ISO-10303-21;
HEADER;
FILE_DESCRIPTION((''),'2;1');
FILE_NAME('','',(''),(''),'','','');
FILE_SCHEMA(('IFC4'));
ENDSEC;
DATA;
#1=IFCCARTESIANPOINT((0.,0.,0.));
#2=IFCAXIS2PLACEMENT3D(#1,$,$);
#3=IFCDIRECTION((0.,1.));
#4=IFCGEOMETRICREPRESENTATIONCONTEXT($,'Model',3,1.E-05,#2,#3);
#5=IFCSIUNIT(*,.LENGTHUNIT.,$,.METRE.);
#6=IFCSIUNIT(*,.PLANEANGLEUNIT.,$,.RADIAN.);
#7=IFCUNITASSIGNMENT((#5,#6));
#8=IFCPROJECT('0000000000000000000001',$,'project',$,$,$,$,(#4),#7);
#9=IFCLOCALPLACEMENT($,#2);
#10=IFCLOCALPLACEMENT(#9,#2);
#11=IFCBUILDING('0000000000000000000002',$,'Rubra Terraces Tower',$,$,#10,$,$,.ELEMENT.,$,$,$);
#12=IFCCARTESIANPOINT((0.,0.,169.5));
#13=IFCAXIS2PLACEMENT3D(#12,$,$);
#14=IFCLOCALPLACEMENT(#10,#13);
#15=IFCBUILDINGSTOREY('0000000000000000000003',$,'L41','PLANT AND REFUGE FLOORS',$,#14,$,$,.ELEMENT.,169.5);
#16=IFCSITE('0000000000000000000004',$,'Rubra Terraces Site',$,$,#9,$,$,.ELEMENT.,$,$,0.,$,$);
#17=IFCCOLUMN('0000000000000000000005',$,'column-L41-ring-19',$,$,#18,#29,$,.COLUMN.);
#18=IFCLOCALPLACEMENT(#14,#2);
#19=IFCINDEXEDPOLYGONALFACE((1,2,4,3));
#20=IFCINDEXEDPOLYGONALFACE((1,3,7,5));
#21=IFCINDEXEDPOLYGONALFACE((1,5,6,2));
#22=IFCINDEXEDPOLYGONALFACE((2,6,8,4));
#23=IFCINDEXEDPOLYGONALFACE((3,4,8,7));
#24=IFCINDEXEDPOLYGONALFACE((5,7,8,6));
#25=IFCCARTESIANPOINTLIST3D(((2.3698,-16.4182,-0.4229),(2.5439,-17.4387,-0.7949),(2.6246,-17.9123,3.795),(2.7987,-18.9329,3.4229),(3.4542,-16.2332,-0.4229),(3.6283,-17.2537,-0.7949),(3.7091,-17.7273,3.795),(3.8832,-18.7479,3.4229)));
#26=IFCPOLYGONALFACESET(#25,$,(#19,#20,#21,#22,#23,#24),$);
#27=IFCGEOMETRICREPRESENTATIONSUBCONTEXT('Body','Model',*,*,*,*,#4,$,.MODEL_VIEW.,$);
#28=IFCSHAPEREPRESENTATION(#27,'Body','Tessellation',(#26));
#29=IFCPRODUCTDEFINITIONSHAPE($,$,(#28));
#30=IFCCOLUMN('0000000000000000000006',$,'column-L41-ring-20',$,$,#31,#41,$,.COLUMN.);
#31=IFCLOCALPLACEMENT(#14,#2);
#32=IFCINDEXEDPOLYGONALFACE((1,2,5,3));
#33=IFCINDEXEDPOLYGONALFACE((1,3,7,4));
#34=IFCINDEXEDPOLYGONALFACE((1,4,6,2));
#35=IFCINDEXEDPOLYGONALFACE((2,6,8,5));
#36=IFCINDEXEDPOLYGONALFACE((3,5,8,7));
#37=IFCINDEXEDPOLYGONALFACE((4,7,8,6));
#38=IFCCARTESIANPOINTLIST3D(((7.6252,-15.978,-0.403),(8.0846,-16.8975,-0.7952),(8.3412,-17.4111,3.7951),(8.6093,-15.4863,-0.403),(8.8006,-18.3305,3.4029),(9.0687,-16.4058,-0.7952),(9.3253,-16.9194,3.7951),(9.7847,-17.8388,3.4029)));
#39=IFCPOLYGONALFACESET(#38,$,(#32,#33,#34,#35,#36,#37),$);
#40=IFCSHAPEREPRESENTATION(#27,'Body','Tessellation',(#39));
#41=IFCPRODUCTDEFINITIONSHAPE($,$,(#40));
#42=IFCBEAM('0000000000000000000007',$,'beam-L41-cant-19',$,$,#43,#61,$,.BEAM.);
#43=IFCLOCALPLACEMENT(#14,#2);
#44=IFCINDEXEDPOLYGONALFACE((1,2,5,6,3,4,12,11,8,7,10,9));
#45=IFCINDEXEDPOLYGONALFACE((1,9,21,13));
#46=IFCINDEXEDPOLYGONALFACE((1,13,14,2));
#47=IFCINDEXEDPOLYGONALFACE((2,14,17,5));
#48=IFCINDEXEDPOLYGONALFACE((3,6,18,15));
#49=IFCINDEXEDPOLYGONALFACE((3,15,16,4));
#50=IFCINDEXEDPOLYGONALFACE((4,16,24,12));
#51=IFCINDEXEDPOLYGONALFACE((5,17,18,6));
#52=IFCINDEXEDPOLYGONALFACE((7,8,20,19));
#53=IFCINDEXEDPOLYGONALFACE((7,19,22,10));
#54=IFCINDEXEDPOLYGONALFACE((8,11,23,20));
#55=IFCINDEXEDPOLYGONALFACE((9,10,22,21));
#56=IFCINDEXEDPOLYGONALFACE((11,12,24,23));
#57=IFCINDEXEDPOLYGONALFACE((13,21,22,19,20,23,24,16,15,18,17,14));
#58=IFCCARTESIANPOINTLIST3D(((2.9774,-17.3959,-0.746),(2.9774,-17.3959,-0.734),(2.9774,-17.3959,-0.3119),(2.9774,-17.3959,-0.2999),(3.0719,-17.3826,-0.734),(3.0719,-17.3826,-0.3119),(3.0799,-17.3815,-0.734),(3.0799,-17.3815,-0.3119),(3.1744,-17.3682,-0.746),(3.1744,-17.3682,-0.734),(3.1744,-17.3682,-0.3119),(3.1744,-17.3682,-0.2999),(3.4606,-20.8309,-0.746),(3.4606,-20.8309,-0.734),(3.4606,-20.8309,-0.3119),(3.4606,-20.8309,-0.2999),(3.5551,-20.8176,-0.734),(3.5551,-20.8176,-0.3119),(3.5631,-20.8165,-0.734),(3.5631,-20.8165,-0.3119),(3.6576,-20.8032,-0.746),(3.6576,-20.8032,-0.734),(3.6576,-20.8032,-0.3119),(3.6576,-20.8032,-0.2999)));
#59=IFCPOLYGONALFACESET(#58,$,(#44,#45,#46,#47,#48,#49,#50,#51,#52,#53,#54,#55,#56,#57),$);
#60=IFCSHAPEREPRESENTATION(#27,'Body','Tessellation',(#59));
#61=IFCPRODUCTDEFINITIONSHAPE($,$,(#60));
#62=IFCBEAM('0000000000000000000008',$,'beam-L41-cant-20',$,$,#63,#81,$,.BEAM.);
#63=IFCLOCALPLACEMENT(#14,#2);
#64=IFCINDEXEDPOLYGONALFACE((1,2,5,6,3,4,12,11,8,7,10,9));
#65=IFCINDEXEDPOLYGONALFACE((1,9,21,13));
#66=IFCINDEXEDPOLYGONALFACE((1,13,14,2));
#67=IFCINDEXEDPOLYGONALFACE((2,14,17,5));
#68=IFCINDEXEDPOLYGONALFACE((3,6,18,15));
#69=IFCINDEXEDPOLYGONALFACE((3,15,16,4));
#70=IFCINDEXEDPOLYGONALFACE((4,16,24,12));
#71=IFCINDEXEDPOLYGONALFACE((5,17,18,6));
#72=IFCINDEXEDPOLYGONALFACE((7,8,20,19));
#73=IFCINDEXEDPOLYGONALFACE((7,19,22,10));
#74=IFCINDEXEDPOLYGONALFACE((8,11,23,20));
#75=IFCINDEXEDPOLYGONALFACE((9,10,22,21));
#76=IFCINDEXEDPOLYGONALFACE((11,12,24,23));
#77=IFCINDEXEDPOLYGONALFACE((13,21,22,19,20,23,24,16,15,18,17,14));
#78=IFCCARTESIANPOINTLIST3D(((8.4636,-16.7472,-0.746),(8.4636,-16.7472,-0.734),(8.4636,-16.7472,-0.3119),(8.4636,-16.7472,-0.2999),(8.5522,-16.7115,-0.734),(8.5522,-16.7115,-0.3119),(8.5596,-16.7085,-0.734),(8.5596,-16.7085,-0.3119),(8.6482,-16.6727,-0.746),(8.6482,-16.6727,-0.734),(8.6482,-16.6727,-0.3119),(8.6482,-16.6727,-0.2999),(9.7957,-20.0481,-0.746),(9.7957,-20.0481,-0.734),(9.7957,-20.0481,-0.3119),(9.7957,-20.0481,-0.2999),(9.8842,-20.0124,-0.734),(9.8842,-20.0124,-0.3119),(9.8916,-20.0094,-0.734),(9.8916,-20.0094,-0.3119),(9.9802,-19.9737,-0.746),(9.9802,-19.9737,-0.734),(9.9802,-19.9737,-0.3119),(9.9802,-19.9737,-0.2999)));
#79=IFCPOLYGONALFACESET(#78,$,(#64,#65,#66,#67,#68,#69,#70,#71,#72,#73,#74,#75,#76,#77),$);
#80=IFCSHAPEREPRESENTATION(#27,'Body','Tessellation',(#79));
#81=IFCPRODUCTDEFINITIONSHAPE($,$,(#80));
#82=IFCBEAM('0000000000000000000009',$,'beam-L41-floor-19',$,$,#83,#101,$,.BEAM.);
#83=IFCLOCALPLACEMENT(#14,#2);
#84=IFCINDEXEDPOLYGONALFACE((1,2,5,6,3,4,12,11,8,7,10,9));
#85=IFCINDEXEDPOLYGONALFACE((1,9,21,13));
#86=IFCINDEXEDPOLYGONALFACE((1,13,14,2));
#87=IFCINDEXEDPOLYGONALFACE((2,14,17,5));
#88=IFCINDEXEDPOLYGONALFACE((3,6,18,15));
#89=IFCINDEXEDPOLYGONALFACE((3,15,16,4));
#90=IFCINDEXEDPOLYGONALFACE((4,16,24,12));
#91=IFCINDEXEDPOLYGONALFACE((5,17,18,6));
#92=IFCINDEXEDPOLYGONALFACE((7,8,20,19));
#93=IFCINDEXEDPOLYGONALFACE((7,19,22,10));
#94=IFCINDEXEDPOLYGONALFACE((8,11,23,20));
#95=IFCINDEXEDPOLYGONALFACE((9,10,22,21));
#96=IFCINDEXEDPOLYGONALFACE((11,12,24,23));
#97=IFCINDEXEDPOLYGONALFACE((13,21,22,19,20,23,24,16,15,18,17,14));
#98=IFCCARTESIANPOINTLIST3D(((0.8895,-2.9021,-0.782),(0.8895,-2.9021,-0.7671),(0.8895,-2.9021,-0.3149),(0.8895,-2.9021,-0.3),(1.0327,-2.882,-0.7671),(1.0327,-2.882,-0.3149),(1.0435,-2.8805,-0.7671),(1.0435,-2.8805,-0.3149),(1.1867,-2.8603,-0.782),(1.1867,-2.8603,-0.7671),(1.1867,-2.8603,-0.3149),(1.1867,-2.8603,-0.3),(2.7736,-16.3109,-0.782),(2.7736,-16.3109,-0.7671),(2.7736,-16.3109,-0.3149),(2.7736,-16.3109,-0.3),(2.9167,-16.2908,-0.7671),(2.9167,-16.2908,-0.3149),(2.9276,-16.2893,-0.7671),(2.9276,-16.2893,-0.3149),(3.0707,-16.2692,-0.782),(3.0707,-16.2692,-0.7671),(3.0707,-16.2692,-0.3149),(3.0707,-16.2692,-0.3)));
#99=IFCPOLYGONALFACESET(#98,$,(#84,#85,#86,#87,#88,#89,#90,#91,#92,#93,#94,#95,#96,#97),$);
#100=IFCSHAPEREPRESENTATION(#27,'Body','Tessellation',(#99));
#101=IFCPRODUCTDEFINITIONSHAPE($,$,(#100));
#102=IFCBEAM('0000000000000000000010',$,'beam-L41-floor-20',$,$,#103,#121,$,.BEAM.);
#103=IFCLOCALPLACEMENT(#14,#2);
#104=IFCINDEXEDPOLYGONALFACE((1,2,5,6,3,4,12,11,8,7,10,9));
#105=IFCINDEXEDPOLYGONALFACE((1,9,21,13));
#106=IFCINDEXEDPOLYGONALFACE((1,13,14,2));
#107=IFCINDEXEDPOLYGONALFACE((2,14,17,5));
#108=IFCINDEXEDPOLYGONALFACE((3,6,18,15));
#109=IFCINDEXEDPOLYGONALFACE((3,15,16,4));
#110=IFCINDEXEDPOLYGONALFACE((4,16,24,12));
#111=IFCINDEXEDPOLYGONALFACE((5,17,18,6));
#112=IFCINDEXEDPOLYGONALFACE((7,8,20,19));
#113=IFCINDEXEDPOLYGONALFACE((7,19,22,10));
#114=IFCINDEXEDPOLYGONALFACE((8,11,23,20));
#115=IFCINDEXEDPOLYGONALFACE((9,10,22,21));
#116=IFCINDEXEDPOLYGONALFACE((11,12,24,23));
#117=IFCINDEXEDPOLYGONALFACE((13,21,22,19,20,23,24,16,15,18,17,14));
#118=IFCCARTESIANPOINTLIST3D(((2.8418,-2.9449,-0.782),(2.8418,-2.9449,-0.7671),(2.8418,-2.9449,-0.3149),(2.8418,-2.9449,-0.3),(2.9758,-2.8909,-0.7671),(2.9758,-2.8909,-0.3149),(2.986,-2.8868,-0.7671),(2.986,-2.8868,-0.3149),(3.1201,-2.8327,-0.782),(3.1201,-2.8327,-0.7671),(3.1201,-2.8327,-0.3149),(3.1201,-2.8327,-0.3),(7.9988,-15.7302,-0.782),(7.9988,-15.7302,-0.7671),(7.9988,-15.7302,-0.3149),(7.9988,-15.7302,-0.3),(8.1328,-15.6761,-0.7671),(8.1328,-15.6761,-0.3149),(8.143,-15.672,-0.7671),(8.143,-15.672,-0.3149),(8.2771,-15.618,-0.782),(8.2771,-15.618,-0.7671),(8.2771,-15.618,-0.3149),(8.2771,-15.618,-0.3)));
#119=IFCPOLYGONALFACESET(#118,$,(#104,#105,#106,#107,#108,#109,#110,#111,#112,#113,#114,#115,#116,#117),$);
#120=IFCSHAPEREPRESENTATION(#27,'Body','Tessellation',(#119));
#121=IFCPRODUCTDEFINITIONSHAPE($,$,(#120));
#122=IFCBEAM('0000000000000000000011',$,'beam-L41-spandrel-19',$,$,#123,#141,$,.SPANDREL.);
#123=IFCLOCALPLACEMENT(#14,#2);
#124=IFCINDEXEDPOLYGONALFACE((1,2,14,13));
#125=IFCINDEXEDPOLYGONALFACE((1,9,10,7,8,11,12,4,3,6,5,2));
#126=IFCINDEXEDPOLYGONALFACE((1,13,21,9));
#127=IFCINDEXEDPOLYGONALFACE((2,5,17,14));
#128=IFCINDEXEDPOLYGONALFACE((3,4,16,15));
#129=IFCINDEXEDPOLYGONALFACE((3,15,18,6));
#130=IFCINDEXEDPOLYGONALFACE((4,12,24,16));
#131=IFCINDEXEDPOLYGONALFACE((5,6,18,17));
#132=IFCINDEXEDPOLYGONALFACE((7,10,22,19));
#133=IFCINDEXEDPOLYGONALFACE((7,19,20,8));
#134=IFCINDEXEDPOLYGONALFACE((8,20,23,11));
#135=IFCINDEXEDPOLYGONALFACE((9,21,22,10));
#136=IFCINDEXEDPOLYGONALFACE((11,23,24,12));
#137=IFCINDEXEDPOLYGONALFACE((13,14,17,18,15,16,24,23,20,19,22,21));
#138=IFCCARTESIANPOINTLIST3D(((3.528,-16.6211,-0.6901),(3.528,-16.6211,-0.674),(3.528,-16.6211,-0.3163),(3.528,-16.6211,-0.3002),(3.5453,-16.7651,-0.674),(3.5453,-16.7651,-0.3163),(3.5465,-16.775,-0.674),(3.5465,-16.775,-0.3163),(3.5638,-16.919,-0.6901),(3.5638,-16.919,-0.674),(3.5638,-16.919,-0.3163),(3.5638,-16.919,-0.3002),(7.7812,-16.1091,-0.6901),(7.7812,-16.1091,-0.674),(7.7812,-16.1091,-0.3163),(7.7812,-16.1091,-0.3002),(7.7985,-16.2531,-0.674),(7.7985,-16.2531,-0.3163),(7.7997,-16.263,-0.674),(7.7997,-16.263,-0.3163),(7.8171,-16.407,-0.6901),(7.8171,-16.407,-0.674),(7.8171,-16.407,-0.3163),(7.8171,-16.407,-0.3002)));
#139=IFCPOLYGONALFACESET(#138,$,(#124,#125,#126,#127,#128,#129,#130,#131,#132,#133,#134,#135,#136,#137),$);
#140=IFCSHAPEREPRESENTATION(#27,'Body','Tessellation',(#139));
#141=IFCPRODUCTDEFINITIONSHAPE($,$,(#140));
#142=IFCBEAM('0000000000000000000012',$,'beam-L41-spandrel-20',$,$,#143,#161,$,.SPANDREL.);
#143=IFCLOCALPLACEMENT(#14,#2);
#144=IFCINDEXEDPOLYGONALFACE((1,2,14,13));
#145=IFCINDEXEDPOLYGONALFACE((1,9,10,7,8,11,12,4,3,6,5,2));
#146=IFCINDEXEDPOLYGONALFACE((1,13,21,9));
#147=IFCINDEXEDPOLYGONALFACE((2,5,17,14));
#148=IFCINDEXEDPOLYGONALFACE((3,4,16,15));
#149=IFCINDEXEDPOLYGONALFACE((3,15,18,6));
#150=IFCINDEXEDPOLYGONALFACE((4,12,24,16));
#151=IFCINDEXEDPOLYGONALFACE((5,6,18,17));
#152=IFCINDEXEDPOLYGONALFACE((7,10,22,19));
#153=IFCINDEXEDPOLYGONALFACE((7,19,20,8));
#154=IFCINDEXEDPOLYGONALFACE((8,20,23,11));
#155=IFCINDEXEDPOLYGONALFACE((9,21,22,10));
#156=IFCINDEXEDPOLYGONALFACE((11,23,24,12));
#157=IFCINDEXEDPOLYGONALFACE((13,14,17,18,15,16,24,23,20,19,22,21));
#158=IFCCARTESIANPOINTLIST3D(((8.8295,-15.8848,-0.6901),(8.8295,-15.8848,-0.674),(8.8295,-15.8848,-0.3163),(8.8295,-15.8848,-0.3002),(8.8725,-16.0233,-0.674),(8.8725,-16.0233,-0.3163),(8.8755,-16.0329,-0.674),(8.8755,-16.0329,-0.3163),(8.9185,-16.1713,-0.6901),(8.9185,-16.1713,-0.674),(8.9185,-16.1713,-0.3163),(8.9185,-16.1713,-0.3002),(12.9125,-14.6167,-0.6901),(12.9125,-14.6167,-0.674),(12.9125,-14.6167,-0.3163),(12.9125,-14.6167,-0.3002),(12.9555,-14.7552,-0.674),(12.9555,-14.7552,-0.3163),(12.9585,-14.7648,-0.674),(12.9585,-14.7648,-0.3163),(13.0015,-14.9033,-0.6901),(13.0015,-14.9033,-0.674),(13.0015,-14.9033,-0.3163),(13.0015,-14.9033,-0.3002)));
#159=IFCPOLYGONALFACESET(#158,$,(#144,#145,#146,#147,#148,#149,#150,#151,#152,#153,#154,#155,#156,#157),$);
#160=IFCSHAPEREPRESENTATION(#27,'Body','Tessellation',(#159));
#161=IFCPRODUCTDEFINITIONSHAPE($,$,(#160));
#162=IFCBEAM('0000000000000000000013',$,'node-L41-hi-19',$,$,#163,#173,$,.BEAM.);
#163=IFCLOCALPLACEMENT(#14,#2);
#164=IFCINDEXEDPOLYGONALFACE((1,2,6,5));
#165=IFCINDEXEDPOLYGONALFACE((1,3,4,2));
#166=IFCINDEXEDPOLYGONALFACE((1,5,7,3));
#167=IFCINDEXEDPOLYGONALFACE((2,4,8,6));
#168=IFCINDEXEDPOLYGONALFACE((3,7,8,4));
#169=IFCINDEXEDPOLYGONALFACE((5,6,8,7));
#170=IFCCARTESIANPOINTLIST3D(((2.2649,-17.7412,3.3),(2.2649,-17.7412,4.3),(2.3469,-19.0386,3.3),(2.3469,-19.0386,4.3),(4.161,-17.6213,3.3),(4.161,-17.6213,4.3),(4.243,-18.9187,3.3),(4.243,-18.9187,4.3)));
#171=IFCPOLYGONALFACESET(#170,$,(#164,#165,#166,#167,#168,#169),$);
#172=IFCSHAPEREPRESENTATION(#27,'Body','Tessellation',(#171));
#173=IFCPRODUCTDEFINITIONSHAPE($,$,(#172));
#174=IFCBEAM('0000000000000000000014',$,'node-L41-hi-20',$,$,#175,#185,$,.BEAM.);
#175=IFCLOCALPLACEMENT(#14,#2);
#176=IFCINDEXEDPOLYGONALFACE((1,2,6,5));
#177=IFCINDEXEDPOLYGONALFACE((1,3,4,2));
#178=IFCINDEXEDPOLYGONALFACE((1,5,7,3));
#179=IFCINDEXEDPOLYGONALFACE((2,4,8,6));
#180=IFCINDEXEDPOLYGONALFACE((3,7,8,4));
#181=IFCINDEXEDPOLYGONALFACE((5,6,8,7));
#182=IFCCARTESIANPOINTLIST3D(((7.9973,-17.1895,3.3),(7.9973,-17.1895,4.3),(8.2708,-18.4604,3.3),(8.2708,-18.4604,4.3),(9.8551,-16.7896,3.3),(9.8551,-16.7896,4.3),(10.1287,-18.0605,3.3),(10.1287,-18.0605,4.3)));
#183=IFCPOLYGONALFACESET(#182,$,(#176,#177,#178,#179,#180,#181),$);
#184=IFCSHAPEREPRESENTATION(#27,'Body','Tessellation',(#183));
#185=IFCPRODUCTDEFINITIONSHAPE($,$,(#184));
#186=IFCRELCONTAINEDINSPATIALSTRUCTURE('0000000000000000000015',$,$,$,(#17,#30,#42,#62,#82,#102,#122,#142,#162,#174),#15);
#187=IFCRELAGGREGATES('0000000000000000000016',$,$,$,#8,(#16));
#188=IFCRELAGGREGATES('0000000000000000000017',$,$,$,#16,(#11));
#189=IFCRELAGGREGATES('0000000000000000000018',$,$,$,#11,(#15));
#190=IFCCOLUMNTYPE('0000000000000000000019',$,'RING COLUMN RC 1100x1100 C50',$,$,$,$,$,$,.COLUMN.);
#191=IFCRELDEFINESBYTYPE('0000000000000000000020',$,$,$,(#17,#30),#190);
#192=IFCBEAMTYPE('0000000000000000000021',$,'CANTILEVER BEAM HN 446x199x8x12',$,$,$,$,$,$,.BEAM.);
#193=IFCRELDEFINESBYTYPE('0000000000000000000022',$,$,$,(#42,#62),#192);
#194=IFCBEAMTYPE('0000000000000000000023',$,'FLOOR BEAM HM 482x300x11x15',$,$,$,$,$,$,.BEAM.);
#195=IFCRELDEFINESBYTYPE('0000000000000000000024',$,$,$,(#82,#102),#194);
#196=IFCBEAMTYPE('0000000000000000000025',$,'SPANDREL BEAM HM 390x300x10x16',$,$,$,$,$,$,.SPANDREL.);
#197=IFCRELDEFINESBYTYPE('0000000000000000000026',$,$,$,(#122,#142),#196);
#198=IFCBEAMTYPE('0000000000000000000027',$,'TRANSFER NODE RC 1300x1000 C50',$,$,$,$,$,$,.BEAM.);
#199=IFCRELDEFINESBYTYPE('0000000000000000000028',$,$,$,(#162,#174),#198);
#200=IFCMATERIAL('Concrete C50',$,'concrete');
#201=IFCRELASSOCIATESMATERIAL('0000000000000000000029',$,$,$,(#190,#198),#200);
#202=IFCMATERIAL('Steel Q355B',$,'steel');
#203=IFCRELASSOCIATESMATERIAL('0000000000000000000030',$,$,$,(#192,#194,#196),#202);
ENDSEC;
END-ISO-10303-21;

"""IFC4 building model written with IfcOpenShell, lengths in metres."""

from ifc_helpers import new_model, si_unit, direction, frame, origin, origin_2d, place, context, subcontext, project, spatial, rectangle, i_section, extrude, material, material_profile, profile_set, type_object, element, save


model = new_model("IFC4")

# Units and contexts
model_context = context("Model", 3, precision=1e-05, world=origin(), true_north=direction((0.0, 1.0)))
body_context = subcontext(model_context, "Body", "Model", "MODEL_VIEW")
ifc_project = project(units=[si_unit("LENGTHUNIT", "METRE"), si_unit("PLANEANGLEUNIT", "RADIAN")], contexts=[model_context])

# Site, building, storey
site_placement = place(None, origin())
site = spatial("IfcSite", under=ifc_project, at=site_placement, Name="Rubra Terraces Site", CompositionType="ELEMENT", RefElevation=0.0)
building_placement = place(site_placement, origin())
building = spatial("IfcBuilding", under=site, at=building_placement, Name="Rubra Terraces Tower", CompositionType="ELEMENT")
storey_placement = place(building_placement, frame((0.0, 0.0, 169.5)))
storey = spatial("IfcBuildingStorey", under=building, at=storey_placement, Name="L41", Description="PLANT AND REFUGE FLOORS", CompositionType="ELEMENT", Elevation=169.5)

# Columns
ifc_material_1 = material(Name="Concrete C50", Category="concrete")
ifc_material_profile_1 = material_profile(ifc_material_1, rectangle(XDim=1.1001, YDim=1.1001, at=origin_2d()), Name="RC 1100x1100")
ifc_profile_set_1 = profile_set([ifc_material_profile_1], Name="Concrete C50")
column_type = type_object("IfcColumnType", Name="RING COLUMN RC 1100x1100 C50", PredefinedType="COLUMN", material=ifc_profile_set_1)
column_1_placement = place(storey_placement, frame((2.999, -16.8359, -0.6089), z_axis=(0.05687, -0.333375, 0.941077), x_axis=(0.98576, 0.168159, 0.0)))
element("IfcColumn", 1, at=column_1_placement, inside=storey, type_object=column_type, Name="column-L41-ring-19", PredefinedType="COLUMN", context=body_context, shape_type="SweptSolid", body=[
    extrude(rectangle(XDim=1.1001, YDim=1.1001, at=origin_2d()), origin(), (0.0, 0.0, 1.0), 4.4819),
])
column_2_placement = place(storey_placement, frame((8.3469, -16.1919, -0.5991), z_axis=(0.159355, -0.318927, 0.934287), x_axis=(0.894549, 0.44697, 0.0)))
element("IfcColumn", 2, at=column_2_placement, inside=storey, type_object=column_type, Name="column-L41-ring-20", PredefinedType="COLUMN", context=body_context, shape_type="SweptSolid", body=[
    extrude(rectangle(XDim=1.1001, YDim=1.1001, at=origin_2d()), origin(), (0.0, 0.0, 1.0), 4.4934),
])

# Beams
ifc_material_2 = material(Name="Steel Q355B", Category="steel")
ifc_material_profile_2 = material_profile(ifc_material_2, i_section(OverallWidth=0.199, OverallDepth=0.446, WebThickness=0.0081, FlangeThickness=0.012, at=origin_2d()), Name="HN 446x199x8x12")
ifc_profile_set_2 = profile_set([ifc_material_profile_2], Name="Steel Q355B")
beam_type_1 = type_object("IfcBeamType", Name="CANTILEVER BEAM HN 446x199x8x12", PredefinedType="BEAM", material=ifc_profile_set_2)
beam_1_placement = place(storey_placement, frame((3.0759, -17.3821, -0.5229), z_axis=(0.139293, -0.990251, 0.0), x_axis=(0.990251, 0.139293, 0.0)))
element("IfcBeam", 3, at=beam_1_placement, inside=storey, type_object=beam_type_1, Name="beam-L41-cant-19", PredefinedType="BEAM", context=body_context, shape_type="SweptSolid", body=[
    extrude(i_section(OverallWidth=0.199, OverallDepth=0.446, WebThickness=0.0081, FlangeThickness=0.012, at=origin_2d()), origin(), (0.0, 0.0, 1.0), 3.4688),
])
beam_2_placement = place(storey_placement, frame((8.5559, -16.71, -0.5229), z_axis=(0.374203, -0.927347, 0.0), x_axis=(0.927347, 0.374203, 0.0)))
element("IfcBeam", 4, at=beam_2_placement, inside=storey, type_object=beam_type_1, Name="beam-L41-cant-20", PredefinedType="BEAM", context=body_context, shape_type="SweptSolid", body=[
    extrude(i_section(OverallWidth=0.199, OverallDepth=0.446, WebThickness=0.0081, FlangeThickness=0.012, at=origin_2d()), origin(), (0.0, 0.0, 1.0), 3.5596),
])
ifc_material_profile_3 = material_profile(ifc_material_2, i_section(OverallWidth=0.3, OverallDepth=0.4819, WebThickness=0.011, FlangeThickness=0.0149, at=origin_2d()), Name="HM 482x300x11x15")
ifc_profile_set_3 = profile_set([ifc_material_profile_3], Name="Steel Q355B")
beam_type_2 = type_object("IfcBeamType", Name="FLOOR BEAM HM 482x300x11x15", PredefinedType="BEAM", material=ifc_profile_set_3)
beam_3_placement = place(storey_placement, frame((2.9221, -16.29, -0.541), z_axis=(-0.139139, 0.990273, 0.0), x_axis=(-0.990273, -0.139139, 0.0)))
element("IfcBeam", 5, at=beam_3_placement, inside=storey, type_object=beam_type_2, Name="beam-L41-floor-19", PredefinedType="BEAM", context=body_context, shape_type="SweptSolid", body=[
    extrude(i_section(OverallWidth=0.3, OverallDepth=0.4819, WebThickness=0.011, FlangeThickness=0.0149, at=origin_2d()), origin(), (0.0, 0.0, 1.0), 13.5405),
])
beam_4_placement = place(storey_placement, frame((8.1379, -15.6741, -0.541), z_axis=(-0.374073, 0.927399, 0.0), x_axis=(-0.927399, -0.374073, 0.0)))
element("IfcBeam", 6, at=beam_4_placement, inside=storey, type_object=beam_type_2, Name="beam-L41-floor-20", PredefinedType="BEAM", context=body_context, shape_type="SweptSolid", body=[
    extrude(i_section(OverallWidth=0.3, OverallDepth=0.4819, WebThickness=0.011, FlangeThickness=0.0149, at=origin_2d()), origin(), (0.0, 0.0, 1.0), 13.7861),
])
ifc_material_profile_4 = material_profile(ifc_material_2, i_section(OverallWidth=0.3, OverallDepth=0.3899, WebThickness=0.01, FlangeThickness=0.0161, at=origin_2d()), Name="HM 390x300x10x16")
ifc_profile_set_4 = profile_set([ifc_material_profile_4], Name="Steel Q355B")
beam_type_3 = type_object("IfcBeamType", Name="SPANDREL BEAM HM 390x300x10x16", PredefinedType="SPANDREL", material=ifc_profile_set_4)
beam_5_placement = place(storey_placement, frame((3.5459, -16.77, -0.4951), z_axis=(0.992833, 0.119509, 0.0), x_axis=(-0.119509, 0.992833, 0.0)))
element("IfcBeam", 7, at=beam_5_placement, inside=storey, type_object=beam_type_3, Name="beam-L41-spandrel-19", PredefinedType="SPANDREL", context=body_context, shape_type="SweptSolid", body=[
    extrude(i_section(OverallWidth=0.3, OverallDepth=0.3899, WebThickness=0.01, FlangeThickness=0.0161, at=origin_2d()), origin(), (0.0, 0.0, 1.0), 4.2839),
])
beam_6_placement = place(storey_placement, frame((8.874, -16.0281, -0.4951), z_axis=(0.955003, 0.296597, 0.0), x_axis=(-0.296597, 0.955003, 0.0)))
element("IfcBeam", 8, at=beam_6_placement, inside=storey, type_object=beam_type_3, Name="beam-L41-spandrel-20", PredefinedType="SPANDREL", context=body_context, shape_type="SweptSolid", body=[
    extrude(i_section(OverallWidth=0.3, OverallDepth=0.3899, WebThickness=0.01, FlangeThickness=0.0161, at=origin_2d()), origin(), (0.0, 0.0, 1.0), 4.2754),
])
ifc_material_profile_5 = material_profile(ifc_material_1, rectangle(XDim=1.3, YDim=1.0, at=origin_2d()), Name="RC 1300x1000")
ifc_profile_set_5 = profile_set([ifc_material_profile_5], Name="Concrete C50")
beam_type_4 = type_object("IfcBeamType", Name="TRANSFER NODE RC 1300x1000 C50", PredefinedType="BEAM", material=ifc_profile_set_5)
beam_7_placement = place(storey_placement, frame((2.3059, -18.3899, 3.8), z_axis=(0.998007, 0.063098, 0.0), x_axis=(-0.063098, 0.998007, 0.0)))
element("IfcBeam", 9, at=beam_7_placement, inside=storey, type_object=beam_type_4, Name="node-L41-hi-19", PredefinedType="BEAM", context=body_context, shape_type="SweptSolid", body=[
    extrude(rectangle(XDim=1.3, YDim=1.0, at=origin_2d()), origin(), (0.0, 0.0, 1.0), 1.8999),
])
beam_8_placement = place(storey_placement, frame((8.134, -17.825, 3.8), z_axis=(0.97761, 0.210424, 0.0), x_axis=(-0.210424, 0.97761, 0.0)))
element("IfcBeam", 10, at=beam_8_placement, inside=storey, type_object=beam_type_4, Name="node-L41-hi-20", PredefinedType="BEAM", context=body_context, shape_type="SweptSolid", body=[
    extrude(rectangle(XDim=1.3, YDim=1.0, at=origin_2d()), origin(), (0.0, 0.0, 1.0), 1.9004),
])

save(model, "model.ifc")
